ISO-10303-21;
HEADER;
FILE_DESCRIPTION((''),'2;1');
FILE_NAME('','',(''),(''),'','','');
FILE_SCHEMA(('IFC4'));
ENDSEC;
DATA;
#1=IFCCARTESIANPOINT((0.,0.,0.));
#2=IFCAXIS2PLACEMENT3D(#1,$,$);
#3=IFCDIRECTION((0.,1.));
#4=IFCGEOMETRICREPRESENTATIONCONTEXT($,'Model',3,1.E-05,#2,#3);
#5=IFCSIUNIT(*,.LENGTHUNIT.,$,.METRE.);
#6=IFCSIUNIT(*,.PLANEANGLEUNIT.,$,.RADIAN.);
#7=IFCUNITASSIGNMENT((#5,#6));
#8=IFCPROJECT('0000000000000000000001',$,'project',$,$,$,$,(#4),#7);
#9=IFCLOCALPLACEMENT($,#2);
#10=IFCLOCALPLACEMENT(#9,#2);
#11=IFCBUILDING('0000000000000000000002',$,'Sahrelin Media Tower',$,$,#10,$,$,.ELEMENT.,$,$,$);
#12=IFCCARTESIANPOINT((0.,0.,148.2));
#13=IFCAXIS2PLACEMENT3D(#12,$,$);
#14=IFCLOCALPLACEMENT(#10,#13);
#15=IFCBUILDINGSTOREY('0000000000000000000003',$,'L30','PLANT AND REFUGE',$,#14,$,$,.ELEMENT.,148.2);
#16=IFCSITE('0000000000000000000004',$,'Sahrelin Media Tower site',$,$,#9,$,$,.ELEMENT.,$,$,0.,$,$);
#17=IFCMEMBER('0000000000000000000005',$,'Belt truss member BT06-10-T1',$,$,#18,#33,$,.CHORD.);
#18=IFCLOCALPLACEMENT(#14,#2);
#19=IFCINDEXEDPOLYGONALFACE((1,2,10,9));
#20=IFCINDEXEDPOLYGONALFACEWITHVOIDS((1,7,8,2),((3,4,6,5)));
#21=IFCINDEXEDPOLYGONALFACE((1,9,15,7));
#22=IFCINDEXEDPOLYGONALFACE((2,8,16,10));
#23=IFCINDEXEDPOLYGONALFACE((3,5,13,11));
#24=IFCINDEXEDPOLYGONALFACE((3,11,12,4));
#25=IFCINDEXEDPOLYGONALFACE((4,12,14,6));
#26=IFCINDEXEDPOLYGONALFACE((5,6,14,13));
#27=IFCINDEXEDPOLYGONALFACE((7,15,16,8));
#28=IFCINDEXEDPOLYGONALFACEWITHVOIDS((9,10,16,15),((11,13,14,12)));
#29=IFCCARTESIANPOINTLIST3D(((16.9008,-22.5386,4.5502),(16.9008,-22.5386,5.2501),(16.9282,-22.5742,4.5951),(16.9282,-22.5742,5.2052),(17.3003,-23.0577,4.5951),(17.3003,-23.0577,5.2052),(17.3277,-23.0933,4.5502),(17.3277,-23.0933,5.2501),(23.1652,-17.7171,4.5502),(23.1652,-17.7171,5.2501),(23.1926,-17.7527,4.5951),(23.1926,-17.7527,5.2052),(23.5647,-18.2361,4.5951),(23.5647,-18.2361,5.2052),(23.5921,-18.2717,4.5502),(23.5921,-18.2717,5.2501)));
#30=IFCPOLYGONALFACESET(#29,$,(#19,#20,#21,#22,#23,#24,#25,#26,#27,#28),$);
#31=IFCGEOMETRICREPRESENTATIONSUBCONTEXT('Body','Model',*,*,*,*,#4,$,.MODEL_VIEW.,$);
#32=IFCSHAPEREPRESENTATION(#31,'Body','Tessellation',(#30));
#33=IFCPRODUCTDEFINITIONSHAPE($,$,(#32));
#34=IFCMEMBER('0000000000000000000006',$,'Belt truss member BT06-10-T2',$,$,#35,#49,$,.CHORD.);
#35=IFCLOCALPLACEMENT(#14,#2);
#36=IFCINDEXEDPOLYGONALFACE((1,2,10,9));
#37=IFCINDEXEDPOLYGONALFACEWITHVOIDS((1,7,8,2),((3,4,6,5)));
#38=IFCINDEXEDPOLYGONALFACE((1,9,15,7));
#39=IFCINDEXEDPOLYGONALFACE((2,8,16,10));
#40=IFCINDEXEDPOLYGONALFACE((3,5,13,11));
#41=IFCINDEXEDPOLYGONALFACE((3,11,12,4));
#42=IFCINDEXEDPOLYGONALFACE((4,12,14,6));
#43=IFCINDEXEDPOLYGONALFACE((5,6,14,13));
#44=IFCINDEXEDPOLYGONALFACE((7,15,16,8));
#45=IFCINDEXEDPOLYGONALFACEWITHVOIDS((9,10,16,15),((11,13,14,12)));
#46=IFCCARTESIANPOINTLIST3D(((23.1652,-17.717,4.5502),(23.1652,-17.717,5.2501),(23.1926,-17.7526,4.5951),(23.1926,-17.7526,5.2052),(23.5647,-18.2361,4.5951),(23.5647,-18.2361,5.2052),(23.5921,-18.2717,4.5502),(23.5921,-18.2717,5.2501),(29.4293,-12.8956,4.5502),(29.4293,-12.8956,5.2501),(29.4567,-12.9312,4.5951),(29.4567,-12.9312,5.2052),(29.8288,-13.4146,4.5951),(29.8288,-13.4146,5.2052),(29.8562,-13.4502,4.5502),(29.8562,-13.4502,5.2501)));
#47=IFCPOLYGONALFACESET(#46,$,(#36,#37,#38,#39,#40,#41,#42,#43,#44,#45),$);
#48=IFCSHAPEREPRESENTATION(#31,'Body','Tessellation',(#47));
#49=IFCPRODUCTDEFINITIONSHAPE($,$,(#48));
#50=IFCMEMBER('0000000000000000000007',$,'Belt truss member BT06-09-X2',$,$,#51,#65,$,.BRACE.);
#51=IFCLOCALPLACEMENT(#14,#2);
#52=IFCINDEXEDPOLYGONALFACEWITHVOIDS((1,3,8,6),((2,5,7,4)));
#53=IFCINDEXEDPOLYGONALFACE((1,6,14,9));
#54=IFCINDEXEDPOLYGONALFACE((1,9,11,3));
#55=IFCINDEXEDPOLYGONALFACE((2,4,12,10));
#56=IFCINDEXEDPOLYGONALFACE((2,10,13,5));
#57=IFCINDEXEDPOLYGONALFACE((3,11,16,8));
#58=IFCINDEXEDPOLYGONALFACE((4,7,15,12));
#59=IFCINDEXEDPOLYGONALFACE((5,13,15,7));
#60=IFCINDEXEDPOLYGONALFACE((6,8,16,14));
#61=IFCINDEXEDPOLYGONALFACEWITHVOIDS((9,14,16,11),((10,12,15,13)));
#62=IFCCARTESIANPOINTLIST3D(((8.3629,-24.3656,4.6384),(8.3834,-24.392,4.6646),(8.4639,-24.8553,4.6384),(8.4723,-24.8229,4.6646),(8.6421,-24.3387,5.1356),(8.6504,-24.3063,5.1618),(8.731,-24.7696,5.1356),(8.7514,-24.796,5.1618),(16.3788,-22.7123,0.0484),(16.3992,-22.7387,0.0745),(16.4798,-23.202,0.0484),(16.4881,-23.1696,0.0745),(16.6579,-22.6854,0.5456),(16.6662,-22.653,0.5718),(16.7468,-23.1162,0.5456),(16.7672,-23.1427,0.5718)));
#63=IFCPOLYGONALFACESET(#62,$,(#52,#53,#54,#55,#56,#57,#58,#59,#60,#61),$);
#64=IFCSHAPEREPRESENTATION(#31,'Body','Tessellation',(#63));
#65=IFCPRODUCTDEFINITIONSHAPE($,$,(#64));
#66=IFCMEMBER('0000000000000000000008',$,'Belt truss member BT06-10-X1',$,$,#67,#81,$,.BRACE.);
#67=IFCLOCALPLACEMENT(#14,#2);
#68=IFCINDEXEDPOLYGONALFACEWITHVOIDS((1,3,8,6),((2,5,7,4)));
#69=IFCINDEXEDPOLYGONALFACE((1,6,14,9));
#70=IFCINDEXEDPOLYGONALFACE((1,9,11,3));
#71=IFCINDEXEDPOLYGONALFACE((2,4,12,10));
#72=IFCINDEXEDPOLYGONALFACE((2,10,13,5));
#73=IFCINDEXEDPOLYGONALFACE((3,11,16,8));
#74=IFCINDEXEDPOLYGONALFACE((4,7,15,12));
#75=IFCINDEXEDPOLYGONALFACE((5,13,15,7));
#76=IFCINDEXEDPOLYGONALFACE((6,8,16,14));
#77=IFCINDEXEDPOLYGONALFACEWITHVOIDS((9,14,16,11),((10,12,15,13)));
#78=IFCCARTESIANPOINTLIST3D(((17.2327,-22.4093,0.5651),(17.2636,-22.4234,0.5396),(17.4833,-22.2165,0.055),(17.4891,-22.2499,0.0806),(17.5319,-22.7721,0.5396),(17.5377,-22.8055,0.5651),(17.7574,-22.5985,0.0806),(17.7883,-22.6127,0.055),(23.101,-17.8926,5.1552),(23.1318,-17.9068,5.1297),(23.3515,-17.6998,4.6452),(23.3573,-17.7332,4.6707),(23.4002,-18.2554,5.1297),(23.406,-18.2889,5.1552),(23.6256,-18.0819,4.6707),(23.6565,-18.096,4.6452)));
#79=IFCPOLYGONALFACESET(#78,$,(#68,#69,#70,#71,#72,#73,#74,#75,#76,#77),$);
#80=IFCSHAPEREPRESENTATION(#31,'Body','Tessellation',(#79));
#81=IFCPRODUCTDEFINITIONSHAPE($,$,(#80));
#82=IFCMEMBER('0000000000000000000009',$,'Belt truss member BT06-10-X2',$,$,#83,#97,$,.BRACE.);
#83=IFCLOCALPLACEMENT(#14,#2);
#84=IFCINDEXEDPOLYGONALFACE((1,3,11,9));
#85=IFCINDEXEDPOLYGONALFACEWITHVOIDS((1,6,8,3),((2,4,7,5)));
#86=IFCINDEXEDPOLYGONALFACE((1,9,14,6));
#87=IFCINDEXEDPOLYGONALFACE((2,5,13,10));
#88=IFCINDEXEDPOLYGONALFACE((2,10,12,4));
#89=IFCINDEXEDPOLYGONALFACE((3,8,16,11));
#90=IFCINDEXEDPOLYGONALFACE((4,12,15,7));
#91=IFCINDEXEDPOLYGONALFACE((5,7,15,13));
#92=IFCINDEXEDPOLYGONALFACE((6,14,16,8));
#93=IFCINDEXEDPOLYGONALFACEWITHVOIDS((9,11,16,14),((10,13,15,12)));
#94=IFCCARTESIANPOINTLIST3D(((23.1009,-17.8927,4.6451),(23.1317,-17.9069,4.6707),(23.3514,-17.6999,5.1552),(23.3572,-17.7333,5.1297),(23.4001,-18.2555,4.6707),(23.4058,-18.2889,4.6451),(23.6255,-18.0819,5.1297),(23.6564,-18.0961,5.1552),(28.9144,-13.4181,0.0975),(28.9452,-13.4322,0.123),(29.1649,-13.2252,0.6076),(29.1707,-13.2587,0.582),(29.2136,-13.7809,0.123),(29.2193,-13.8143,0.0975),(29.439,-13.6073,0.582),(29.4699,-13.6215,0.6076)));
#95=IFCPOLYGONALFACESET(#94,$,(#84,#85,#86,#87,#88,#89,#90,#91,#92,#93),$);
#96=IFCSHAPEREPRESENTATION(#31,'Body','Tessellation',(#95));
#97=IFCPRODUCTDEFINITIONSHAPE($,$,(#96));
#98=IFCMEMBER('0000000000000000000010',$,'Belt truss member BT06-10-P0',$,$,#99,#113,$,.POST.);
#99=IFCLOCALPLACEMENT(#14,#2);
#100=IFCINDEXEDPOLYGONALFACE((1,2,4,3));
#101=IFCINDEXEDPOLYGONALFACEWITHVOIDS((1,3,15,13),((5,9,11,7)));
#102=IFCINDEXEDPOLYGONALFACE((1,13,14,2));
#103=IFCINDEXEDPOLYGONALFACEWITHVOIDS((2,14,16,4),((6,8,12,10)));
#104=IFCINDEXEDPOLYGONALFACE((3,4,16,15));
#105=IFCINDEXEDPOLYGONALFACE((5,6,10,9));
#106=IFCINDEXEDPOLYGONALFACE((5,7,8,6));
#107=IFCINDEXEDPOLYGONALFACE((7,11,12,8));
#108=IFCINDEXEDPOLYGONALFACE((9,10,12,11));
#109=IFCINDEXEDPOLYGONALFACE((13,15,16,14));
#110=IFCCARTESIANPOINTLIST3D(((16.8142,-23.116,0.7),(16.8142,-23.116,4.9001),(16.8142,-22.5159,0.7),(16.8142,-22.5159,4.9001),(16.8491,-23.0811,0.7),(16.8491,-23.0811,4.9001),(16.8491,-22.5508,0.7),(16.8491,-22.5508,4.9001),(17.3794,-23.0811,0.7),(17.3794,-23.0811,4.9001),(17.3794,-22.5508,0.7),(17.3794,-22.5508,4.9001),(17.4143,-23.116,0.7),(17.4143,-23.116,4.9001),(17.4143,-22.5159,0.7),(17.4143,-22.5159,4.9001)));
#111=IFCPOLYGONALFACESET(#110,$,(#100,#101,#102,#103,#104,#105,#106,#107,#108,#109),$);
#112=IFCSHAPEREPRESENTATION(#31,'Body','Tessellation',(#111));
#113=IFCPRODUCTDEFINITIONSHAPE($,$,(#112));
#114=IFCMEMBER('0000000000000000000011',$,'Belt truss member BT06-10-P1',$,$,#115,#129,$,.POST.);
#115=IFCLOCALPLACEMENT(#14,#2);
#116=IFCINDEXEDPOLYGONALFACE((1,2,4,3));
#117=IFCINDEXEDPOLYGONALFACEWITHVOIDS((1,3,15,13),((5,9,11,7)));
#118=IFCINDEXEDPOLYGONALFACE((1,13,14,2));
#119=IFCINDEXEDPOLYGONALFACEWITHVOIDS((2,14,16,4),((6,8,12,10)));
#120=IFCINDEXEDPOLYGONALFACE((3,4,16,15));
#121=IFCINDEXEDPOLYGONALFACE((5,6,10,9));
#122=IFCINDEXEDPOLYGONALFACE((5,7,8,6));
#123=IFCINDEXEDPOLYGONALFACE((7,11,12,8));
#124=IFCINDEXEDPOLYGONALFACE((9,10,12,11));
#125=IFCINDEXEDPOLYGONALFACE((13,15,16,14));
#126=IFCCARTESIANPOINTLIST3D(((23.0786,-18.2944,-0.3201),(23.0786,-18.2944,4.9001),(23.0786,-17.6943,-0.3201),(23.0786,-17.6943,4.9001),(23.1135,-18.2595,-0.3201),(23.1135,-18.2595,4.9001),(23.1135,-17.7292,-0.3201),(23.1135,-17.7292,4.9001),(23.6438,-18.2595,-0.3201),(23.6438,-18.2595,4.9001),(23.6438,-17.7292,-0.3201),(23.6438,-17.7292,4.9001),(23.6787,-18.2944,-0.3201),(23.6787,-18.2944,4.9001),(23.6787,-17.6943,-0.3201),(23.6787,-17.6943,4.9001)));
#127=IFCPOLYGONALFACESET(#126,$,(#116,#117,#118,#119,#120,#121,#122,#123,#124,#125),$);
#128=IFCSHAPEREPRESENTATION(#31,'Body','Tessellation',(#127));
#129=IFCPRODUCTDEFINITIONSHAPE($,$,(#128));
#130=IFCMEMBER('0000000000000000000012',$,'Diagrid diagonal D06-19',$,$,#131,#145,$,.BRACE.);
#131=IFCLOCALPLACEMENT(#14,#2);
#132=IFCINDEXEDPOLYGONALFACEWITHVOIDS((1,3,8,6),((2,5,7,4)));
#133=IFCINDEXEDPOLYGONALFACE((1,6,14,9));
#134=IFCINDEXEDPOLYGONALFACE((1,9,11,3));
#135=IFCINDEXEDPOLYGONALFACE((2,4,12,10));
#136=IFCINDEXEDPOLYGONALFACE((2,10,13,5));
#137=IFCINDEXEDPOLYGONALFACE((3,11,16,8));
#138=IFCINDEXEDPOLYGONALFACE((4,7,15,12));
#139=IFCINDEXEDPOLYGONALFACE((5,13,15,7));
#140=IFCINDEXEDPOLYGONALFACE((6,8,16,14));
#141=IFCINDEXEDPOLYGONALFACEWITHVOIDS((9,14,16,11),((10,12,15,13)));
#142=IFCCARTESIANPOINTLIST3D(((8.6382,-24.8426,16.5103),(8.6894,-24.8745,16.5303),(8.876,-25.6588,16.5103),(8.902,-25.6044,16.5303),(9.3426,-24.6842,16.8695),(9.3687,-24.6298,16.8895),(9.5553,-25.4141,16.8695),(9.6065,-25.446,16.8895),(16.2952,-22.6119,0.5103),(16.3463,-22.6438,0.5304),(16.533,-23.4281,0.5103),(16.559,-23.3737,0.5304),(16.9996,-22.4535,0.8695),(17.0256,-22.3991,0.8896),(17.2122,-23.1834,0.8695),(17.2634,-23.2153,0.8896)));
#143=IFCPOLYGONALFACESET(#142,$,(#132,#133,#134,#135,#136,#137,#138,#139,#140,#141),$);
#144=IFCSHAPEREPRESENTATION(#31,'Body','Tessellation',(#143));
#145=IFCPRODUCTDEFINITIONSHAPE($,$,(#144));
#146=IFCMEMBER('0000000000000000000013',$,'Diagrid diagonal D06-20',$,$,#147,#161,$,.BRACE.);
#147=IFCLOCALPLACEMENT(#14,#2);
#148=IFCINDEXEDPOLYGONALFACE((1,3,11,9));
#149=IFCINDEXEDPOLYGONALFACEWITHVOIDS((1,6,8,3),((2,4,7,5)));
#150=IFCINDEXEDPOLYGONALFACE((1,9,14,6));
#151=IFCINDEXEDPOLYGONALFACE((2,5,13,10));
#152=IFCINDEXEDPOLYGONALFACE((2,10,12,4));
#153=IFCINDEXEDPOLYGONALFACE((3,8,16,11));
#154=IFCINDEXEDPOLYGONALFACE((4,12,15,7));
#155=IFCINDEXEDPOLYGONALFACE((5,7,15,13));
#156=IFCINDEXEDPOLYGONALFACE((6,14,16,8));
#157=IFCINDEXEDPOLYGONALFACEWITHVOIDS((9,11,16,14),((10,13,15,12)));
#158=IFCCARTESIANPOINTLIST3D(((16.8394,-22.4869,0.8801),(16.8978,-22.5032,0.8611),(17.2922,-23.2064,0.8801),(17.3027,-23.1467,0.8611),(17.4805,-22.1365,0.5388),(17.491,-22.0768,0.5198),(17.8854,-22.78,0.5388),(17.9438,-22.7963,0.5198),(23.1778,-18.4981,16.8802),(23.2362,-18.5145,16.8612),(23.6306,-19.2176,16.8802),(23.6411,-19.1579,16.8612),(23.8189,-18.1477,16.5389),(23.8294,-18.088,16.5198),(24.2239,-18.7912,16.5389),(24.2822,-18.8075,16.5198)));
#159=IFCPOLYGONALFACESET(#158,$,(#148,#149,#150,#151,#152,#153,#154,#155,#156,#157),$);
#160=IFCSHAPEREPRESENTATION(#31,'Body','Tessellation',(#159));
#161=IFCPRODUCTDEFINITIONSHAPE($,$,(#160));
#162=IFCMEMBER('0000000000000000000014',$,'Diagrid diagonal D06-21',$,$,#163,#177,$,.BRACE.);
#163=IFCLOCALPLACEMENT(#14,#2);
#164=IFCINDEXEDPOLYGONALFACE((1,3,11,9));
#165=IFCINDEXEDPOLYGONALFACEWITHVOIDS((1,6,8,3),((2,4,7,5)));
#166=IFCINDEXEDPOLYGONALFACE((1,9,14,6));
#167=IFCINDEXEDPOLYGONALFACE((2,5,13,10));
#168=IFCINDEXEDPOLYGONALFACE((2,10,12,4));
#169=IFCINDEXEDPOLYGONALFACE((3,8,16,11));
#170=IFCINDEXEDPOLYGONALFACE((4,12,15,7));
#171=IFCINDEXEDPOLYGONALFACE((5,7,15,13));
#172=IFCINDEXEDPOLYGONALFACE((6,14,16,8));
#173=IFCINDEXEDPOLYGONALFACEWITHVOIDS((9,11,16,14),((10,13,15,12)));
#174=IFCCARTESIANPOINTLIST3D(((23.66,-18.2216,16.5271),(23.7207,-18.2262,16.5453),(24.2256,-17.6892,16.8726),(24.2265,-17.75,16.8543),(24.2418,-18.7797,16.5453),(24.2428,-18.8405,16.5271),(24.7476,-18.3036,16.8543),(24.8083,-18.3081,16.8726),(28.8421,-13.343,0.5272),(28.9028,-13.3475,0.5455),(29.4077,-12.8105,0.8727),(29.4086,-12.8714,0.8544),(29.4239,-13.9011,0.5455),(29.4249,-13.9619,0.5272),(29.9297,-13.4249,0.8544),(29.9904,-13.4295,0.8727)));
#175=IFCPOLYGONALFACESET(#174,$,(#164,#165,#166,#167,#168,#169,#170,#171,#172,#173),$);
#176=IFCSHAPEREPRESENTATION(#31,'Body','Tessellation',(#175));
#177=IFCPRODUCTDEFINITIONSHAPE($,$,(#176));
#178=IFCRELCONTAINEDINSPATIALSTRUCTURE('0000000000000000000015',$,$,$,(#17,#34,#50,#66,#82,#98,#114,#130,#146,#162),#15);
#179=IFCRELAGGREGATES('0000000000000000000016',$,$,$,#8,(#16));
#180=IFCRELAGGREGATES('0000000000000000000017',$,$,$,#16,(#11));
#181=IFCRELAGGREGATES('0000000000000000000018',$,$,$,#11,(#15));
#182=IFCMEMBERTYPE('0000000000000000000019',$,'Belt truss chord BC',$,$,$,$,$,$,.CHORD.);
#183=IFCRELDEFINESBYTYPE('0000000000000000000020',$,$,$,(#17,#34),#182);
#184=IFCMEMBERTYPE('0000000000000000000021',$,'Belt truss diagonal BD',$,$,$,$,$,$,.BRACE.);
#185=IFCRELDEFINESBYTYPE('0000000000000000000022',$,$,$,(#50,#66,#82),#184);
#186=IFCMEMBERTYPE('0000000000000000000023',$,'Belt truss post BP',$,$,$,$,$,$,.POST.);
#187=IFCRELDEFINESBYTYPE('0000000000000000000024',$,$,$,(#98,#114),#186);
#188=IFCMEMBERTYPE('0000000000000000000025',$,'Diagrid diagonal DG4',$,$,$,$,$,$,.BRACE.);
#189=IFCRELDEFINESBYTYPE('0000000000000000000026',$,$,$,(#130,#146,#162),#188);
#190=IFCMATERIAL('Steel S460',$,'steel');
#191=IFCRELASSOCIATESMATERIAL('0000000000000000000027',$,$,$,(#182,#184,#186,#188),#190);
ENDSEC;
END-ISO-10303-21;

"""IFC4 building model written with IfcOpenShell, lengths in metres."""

from ifc_helpers import new_model, si_unit, direction, frame, origin, origin_2d, place, context, subcontext, project, spatial, hollow_rectangle, extrude, material, material_profile, profile_set, type_object, element, save


model = new_model("IFC4")

# Units and contexts
model_context = context("Model", 3, precision=1e-05, world=origin(), true_north=direction((0.0, 1.0)))
body_context = subcontext(model_context, "Body", "Model", "MODEL_VIEW")
ifc_project = project(units=[si_unit("LENGTHUNIT", "METRE"), si_unit("PLANEANGLEUNIT", "RADIAN")], contexts=[model_context])

# Site, building, storey
site_placement = place(None, origin())
site = spatial("IfcSite", under=ifc_project, at=site_placement, Name="Sahrelin Media Tower site", CompositionType="ELEMENT", RefElevation=0.0)
building_placement = place(site_placement, origin())
building = spatial("IfcBuilding", under=site, at=building_placement, Name="Sahrelin Media Tower", CompositionType="ELEMENT")
storey_placement = place(building_placement, frame((0.0, 0.0, 148.2)))
storey = spatial("IfcBuildingStorey", under=building, at=storey_placement, Name="L30", Description="PLANT AND REFUGE", CompositionType="ELEMENT", Elevation=148.2)

# Members
ifc_material_1 = material(Name="Steel S460", Category="steel")
ifc_material_profile_1 = material_profile(ifc_material_1, hollow_rectangle(XDim=0.7, YDim=0.7, WallThickness=0.0449, at=origin_2d()), Name="Belt truss chord BC")
ifc_profile_set_1 = profile_set([ifc_material_profile_1], Name="Steel S460")
member_type_1 = type_object("IfcMemberType", Name="Belt truss chord BC", PredefinedType="CHORD", material=ifc_profile_set_1)
member_1_placement = place(storey_placement, frame((17.1143, -22.8159, 4.9001), z_axis=(0.792455, 0.60993, 0.0), x_axis=(-0.60993, 0.792455, 0.0)))
element("IfcMember", 1, at=member_1_placement, inside=storey, type_object=member_type_1, Name="Belt truss member BT06-10-T1", PredefinedType="CHORD", context=body_context, shape_type="SweptSolid", body=[
    extrude(hollow_rectangle(XDim=0.7, YDim=0.7, WallThickness=0.0449, at=origin_2d()), origin(), (0.0, 0.0, 1.0), 7.905),
])
member_2_placement = place(storey_placement, frame((23.3787, -17.9944, 4.9001), z_axis=(0.792444, 0.609945, 0.0), x_axis=(-0.609945, 0.792444, 0.0)))
element("IfcMember", 2, at=member_2_placement, inside=storey, type_object=member_type_1, Name="Belt truss member BT06-10-T2", PredefinedType="CHORD", context=body_context, shape_type="SweptSolid", body=[
    extrude(hollow_rectangle(XDim=0.7, YDim=0.7, WallThickness=0.0449, at=origin_2d()), origin(), (0.0, 0.0, 1.0), 7.9048),
])
ifc_material_profile_2 = material_profile(ifc_material_1, hollow_rectangle(XDim=0.5, YDim=0.6001, WallThickness=0.03, at=origin_2d()), Name="Belt truss diagonal BD")
ifc_profile_set_2 = profile_set([ifc_material_profile_2], Name="Steel S460")
member_type_2 = type_object("IfcMemberType", Name="Belt truss diagonal BD", PredefinedType="BRACE", material=ifc_profile_set_2)
member_3_placement = place(storey_placement, frame((16.573, -22.9275, 0.3101), z_axis=(-0.85422, -0.176188, 0.489148), x_axis=(0.202004, -0.979385, 0.0)))
element("IfcMember", 3, at=member_3_placement, inside=storey, type_object=member_type_2, Name="Belt truss member BT06-09-X2", PredefinedType="BRACE", context=body_context, shape_type="SweptSolid", body=[
    extrude(hollow_rectangle(XDim=0.5, YDim=0.6001, WallThickness=0.03, at=origin_2d()), origin(), (0.0, 0.0, 1.0), 9.3838),
])
member_4_placement = place(storey_placement, frame((17.5105, -22.511, 0.3101), z_axis=(0.67355, 0.518417, 0.526852), x_axis=(-0.609934, 0.792452, 0.0)))
element("IfcMember", 4, at=member_4_placement, inside=storey, type_object=member_type_2, Name="Belt truss member BT06-10-X1", PredefinedType="BRACE", context=body_context, shape_type="SweptSolid", body=[
    extrude(hollow_rectangle(XDim=0.5, YDim=0.6001, WallThickness=0.03, at=origin_2d()), origin(), (0.0, 0.0, 1.0), 8.7124),
])
member_5_placement = place(storey_placement, frame((29.1921, -13.5198, 0.3525), z_axis=(-0.673534, -0.518417, 0.526874), x_axis=(0.609942, -0.792446, 0.0)))
element("IfcMember", 5, at=member_5_placement, inside=storey, type_object=member_type_2, Name="Belt truss member BT06-10-X2", PredefinedType="BRACE", context=body_context, shape_type="SweptSolid", body=[
    extrude(hollow_rectangle(XDim=0.5, YDim=0.6001, WallThickness=0.03, at=origin_2d()), origin(), (0.0, 0.0, 1.0), 8.6313),
])
ifc_material_profile_3 = material_profile(ifc_material_1, hollow_rectangle(XDim=0.6001, YDim=0.6001, WallThickness=0.0349, at=origin_2d()), Name="Belt truss post BP")
ifc_profile_set_3 = profile_set([ifc_material_profile_3], Name="Steel S460")
member_type_3 = type_object("IfcMemberType", Name="Belt truss post BP", PredefinedType="POST", material=ifc_profile_set_3)
member_6_placement = place(storey_placement, frame((17.1143, -22.8159, 0.7), z_axis=(0.0, 0.0, 1.0), x_axis=(1.0, 0.0, 0.0)))
element("IfcMember", 6, at=member_6_placement, inside=storey, type_object=member_type_3, Name="Belt truss member BT06-10-P0", PredefinedType="POST", context=body_context, shape_type="SweptSolid", body=[
    extrude(hollow_rectangle(XDim=0.6001, YDim=0.6001, WallThickness=0.0349, at=origin_2d()), origin(), (0.0, 0.0, 1.0), 4.2002),
])
member_7_placement = place(storey_placement, frame((23.3787, -17.9944, -0.3201), z_axis=(0.0, 0.0, 1.0), x_axis=(1.0, 0.0, 0.0)))
element("IfcMember", 7, at=member_7_placement, inside=storey, type_object=member_type_3, Name="Belt truss member BT06-10-P1", PredefinedType="POST", context=body_context, shape_type="SweptSolid", body=[
    extrude(hollow_rectangle(XDim=0.6001, YDim=0.6001, WallThickness=0.0349, at=origin_2d()), origin(), (0.0, 0.0, 1.0), 5.2202),
])
ifc_material_profile_4 = material_profile(ifc_material_1, hollow_rectangle(XDim=0.8501, YDim=0.8501, WallThickness=0.0449, at=origin_2d()), Name="Diagrid diagonal DG4")
ifc_profile_set_4 = profile_set([ifc_material_profile_4], Name="Steel S460")
member_type_4 = type_object("IfcMemberType", Name="Diagrid diagonal DG4", PredefinedType="BRACE", material=ifc_profile_set_4)
member_8_placement = place(storey_placement, frame((16.7793, -22.9136, 0.7), z_axis=(-0.428302, -0.124778, 0.894979), x_axis=(0.279703, -0.960087, 0.0)))
element("IfcMember", 8, at=member_8_placement, inside=storey, type_object=member_type_4, Name="Diagrid diagonal D06-19", PredefinedType="BRACE", context=body_context, shape_type="SweptSolid", body=[
    extrude(hollow_rectangle(XDim=0.8501, YDim=0.8501, WallThickness=0.0449, at=origin_2d()), origin(), (0.0, 0.0, 1.0), 17.8774),
])
member_9_placement = place(storey_placement, frame((17.3916, -22.6416, 0.7), z_axis=(0.358791, 0.225789, 0.905698), x_axis=(-0.532616, 0.846357, 0.0)))
element("IfcMember", 9, at=member_9_placement, inside=storey, type_object=member_type_4, Name="Diagrid diagonal D06-20", PredefinedType="BRACE", context=body_context, shape_type="SweptSolid", body=[
    extrude(hollow_rectangle(XDim=0.8501, YDim=0.8501, WallThickness=0.0449, at=origin_2d()), origin(), (0.0, 0.0, 1.0), 17.666),
])
member_10_placement = place(storey_placement, frame((29.4163, -13.3862, 0.7), z_axis=(-0.295926, -0.278596, 0.913681), x_axis=(0.685466, -0.728104, 0.0)))
element("IfcMember", 10, at=member_10_placement, inside=storey, type_object=member_type_4, Name="Diagrid diagonal D06-21", PredefinedType="BRACE", context=body_context, shape_type="SweptSolid", body=[
    extrude(hollow_rectangle(XDim=0.8501, YDim=0.8501, WallThickness=0.0449, at=origin_2d()), origin(), (0.0, 0.0, 1.0), 17.5115),
])

save(model, "model.ifc")
